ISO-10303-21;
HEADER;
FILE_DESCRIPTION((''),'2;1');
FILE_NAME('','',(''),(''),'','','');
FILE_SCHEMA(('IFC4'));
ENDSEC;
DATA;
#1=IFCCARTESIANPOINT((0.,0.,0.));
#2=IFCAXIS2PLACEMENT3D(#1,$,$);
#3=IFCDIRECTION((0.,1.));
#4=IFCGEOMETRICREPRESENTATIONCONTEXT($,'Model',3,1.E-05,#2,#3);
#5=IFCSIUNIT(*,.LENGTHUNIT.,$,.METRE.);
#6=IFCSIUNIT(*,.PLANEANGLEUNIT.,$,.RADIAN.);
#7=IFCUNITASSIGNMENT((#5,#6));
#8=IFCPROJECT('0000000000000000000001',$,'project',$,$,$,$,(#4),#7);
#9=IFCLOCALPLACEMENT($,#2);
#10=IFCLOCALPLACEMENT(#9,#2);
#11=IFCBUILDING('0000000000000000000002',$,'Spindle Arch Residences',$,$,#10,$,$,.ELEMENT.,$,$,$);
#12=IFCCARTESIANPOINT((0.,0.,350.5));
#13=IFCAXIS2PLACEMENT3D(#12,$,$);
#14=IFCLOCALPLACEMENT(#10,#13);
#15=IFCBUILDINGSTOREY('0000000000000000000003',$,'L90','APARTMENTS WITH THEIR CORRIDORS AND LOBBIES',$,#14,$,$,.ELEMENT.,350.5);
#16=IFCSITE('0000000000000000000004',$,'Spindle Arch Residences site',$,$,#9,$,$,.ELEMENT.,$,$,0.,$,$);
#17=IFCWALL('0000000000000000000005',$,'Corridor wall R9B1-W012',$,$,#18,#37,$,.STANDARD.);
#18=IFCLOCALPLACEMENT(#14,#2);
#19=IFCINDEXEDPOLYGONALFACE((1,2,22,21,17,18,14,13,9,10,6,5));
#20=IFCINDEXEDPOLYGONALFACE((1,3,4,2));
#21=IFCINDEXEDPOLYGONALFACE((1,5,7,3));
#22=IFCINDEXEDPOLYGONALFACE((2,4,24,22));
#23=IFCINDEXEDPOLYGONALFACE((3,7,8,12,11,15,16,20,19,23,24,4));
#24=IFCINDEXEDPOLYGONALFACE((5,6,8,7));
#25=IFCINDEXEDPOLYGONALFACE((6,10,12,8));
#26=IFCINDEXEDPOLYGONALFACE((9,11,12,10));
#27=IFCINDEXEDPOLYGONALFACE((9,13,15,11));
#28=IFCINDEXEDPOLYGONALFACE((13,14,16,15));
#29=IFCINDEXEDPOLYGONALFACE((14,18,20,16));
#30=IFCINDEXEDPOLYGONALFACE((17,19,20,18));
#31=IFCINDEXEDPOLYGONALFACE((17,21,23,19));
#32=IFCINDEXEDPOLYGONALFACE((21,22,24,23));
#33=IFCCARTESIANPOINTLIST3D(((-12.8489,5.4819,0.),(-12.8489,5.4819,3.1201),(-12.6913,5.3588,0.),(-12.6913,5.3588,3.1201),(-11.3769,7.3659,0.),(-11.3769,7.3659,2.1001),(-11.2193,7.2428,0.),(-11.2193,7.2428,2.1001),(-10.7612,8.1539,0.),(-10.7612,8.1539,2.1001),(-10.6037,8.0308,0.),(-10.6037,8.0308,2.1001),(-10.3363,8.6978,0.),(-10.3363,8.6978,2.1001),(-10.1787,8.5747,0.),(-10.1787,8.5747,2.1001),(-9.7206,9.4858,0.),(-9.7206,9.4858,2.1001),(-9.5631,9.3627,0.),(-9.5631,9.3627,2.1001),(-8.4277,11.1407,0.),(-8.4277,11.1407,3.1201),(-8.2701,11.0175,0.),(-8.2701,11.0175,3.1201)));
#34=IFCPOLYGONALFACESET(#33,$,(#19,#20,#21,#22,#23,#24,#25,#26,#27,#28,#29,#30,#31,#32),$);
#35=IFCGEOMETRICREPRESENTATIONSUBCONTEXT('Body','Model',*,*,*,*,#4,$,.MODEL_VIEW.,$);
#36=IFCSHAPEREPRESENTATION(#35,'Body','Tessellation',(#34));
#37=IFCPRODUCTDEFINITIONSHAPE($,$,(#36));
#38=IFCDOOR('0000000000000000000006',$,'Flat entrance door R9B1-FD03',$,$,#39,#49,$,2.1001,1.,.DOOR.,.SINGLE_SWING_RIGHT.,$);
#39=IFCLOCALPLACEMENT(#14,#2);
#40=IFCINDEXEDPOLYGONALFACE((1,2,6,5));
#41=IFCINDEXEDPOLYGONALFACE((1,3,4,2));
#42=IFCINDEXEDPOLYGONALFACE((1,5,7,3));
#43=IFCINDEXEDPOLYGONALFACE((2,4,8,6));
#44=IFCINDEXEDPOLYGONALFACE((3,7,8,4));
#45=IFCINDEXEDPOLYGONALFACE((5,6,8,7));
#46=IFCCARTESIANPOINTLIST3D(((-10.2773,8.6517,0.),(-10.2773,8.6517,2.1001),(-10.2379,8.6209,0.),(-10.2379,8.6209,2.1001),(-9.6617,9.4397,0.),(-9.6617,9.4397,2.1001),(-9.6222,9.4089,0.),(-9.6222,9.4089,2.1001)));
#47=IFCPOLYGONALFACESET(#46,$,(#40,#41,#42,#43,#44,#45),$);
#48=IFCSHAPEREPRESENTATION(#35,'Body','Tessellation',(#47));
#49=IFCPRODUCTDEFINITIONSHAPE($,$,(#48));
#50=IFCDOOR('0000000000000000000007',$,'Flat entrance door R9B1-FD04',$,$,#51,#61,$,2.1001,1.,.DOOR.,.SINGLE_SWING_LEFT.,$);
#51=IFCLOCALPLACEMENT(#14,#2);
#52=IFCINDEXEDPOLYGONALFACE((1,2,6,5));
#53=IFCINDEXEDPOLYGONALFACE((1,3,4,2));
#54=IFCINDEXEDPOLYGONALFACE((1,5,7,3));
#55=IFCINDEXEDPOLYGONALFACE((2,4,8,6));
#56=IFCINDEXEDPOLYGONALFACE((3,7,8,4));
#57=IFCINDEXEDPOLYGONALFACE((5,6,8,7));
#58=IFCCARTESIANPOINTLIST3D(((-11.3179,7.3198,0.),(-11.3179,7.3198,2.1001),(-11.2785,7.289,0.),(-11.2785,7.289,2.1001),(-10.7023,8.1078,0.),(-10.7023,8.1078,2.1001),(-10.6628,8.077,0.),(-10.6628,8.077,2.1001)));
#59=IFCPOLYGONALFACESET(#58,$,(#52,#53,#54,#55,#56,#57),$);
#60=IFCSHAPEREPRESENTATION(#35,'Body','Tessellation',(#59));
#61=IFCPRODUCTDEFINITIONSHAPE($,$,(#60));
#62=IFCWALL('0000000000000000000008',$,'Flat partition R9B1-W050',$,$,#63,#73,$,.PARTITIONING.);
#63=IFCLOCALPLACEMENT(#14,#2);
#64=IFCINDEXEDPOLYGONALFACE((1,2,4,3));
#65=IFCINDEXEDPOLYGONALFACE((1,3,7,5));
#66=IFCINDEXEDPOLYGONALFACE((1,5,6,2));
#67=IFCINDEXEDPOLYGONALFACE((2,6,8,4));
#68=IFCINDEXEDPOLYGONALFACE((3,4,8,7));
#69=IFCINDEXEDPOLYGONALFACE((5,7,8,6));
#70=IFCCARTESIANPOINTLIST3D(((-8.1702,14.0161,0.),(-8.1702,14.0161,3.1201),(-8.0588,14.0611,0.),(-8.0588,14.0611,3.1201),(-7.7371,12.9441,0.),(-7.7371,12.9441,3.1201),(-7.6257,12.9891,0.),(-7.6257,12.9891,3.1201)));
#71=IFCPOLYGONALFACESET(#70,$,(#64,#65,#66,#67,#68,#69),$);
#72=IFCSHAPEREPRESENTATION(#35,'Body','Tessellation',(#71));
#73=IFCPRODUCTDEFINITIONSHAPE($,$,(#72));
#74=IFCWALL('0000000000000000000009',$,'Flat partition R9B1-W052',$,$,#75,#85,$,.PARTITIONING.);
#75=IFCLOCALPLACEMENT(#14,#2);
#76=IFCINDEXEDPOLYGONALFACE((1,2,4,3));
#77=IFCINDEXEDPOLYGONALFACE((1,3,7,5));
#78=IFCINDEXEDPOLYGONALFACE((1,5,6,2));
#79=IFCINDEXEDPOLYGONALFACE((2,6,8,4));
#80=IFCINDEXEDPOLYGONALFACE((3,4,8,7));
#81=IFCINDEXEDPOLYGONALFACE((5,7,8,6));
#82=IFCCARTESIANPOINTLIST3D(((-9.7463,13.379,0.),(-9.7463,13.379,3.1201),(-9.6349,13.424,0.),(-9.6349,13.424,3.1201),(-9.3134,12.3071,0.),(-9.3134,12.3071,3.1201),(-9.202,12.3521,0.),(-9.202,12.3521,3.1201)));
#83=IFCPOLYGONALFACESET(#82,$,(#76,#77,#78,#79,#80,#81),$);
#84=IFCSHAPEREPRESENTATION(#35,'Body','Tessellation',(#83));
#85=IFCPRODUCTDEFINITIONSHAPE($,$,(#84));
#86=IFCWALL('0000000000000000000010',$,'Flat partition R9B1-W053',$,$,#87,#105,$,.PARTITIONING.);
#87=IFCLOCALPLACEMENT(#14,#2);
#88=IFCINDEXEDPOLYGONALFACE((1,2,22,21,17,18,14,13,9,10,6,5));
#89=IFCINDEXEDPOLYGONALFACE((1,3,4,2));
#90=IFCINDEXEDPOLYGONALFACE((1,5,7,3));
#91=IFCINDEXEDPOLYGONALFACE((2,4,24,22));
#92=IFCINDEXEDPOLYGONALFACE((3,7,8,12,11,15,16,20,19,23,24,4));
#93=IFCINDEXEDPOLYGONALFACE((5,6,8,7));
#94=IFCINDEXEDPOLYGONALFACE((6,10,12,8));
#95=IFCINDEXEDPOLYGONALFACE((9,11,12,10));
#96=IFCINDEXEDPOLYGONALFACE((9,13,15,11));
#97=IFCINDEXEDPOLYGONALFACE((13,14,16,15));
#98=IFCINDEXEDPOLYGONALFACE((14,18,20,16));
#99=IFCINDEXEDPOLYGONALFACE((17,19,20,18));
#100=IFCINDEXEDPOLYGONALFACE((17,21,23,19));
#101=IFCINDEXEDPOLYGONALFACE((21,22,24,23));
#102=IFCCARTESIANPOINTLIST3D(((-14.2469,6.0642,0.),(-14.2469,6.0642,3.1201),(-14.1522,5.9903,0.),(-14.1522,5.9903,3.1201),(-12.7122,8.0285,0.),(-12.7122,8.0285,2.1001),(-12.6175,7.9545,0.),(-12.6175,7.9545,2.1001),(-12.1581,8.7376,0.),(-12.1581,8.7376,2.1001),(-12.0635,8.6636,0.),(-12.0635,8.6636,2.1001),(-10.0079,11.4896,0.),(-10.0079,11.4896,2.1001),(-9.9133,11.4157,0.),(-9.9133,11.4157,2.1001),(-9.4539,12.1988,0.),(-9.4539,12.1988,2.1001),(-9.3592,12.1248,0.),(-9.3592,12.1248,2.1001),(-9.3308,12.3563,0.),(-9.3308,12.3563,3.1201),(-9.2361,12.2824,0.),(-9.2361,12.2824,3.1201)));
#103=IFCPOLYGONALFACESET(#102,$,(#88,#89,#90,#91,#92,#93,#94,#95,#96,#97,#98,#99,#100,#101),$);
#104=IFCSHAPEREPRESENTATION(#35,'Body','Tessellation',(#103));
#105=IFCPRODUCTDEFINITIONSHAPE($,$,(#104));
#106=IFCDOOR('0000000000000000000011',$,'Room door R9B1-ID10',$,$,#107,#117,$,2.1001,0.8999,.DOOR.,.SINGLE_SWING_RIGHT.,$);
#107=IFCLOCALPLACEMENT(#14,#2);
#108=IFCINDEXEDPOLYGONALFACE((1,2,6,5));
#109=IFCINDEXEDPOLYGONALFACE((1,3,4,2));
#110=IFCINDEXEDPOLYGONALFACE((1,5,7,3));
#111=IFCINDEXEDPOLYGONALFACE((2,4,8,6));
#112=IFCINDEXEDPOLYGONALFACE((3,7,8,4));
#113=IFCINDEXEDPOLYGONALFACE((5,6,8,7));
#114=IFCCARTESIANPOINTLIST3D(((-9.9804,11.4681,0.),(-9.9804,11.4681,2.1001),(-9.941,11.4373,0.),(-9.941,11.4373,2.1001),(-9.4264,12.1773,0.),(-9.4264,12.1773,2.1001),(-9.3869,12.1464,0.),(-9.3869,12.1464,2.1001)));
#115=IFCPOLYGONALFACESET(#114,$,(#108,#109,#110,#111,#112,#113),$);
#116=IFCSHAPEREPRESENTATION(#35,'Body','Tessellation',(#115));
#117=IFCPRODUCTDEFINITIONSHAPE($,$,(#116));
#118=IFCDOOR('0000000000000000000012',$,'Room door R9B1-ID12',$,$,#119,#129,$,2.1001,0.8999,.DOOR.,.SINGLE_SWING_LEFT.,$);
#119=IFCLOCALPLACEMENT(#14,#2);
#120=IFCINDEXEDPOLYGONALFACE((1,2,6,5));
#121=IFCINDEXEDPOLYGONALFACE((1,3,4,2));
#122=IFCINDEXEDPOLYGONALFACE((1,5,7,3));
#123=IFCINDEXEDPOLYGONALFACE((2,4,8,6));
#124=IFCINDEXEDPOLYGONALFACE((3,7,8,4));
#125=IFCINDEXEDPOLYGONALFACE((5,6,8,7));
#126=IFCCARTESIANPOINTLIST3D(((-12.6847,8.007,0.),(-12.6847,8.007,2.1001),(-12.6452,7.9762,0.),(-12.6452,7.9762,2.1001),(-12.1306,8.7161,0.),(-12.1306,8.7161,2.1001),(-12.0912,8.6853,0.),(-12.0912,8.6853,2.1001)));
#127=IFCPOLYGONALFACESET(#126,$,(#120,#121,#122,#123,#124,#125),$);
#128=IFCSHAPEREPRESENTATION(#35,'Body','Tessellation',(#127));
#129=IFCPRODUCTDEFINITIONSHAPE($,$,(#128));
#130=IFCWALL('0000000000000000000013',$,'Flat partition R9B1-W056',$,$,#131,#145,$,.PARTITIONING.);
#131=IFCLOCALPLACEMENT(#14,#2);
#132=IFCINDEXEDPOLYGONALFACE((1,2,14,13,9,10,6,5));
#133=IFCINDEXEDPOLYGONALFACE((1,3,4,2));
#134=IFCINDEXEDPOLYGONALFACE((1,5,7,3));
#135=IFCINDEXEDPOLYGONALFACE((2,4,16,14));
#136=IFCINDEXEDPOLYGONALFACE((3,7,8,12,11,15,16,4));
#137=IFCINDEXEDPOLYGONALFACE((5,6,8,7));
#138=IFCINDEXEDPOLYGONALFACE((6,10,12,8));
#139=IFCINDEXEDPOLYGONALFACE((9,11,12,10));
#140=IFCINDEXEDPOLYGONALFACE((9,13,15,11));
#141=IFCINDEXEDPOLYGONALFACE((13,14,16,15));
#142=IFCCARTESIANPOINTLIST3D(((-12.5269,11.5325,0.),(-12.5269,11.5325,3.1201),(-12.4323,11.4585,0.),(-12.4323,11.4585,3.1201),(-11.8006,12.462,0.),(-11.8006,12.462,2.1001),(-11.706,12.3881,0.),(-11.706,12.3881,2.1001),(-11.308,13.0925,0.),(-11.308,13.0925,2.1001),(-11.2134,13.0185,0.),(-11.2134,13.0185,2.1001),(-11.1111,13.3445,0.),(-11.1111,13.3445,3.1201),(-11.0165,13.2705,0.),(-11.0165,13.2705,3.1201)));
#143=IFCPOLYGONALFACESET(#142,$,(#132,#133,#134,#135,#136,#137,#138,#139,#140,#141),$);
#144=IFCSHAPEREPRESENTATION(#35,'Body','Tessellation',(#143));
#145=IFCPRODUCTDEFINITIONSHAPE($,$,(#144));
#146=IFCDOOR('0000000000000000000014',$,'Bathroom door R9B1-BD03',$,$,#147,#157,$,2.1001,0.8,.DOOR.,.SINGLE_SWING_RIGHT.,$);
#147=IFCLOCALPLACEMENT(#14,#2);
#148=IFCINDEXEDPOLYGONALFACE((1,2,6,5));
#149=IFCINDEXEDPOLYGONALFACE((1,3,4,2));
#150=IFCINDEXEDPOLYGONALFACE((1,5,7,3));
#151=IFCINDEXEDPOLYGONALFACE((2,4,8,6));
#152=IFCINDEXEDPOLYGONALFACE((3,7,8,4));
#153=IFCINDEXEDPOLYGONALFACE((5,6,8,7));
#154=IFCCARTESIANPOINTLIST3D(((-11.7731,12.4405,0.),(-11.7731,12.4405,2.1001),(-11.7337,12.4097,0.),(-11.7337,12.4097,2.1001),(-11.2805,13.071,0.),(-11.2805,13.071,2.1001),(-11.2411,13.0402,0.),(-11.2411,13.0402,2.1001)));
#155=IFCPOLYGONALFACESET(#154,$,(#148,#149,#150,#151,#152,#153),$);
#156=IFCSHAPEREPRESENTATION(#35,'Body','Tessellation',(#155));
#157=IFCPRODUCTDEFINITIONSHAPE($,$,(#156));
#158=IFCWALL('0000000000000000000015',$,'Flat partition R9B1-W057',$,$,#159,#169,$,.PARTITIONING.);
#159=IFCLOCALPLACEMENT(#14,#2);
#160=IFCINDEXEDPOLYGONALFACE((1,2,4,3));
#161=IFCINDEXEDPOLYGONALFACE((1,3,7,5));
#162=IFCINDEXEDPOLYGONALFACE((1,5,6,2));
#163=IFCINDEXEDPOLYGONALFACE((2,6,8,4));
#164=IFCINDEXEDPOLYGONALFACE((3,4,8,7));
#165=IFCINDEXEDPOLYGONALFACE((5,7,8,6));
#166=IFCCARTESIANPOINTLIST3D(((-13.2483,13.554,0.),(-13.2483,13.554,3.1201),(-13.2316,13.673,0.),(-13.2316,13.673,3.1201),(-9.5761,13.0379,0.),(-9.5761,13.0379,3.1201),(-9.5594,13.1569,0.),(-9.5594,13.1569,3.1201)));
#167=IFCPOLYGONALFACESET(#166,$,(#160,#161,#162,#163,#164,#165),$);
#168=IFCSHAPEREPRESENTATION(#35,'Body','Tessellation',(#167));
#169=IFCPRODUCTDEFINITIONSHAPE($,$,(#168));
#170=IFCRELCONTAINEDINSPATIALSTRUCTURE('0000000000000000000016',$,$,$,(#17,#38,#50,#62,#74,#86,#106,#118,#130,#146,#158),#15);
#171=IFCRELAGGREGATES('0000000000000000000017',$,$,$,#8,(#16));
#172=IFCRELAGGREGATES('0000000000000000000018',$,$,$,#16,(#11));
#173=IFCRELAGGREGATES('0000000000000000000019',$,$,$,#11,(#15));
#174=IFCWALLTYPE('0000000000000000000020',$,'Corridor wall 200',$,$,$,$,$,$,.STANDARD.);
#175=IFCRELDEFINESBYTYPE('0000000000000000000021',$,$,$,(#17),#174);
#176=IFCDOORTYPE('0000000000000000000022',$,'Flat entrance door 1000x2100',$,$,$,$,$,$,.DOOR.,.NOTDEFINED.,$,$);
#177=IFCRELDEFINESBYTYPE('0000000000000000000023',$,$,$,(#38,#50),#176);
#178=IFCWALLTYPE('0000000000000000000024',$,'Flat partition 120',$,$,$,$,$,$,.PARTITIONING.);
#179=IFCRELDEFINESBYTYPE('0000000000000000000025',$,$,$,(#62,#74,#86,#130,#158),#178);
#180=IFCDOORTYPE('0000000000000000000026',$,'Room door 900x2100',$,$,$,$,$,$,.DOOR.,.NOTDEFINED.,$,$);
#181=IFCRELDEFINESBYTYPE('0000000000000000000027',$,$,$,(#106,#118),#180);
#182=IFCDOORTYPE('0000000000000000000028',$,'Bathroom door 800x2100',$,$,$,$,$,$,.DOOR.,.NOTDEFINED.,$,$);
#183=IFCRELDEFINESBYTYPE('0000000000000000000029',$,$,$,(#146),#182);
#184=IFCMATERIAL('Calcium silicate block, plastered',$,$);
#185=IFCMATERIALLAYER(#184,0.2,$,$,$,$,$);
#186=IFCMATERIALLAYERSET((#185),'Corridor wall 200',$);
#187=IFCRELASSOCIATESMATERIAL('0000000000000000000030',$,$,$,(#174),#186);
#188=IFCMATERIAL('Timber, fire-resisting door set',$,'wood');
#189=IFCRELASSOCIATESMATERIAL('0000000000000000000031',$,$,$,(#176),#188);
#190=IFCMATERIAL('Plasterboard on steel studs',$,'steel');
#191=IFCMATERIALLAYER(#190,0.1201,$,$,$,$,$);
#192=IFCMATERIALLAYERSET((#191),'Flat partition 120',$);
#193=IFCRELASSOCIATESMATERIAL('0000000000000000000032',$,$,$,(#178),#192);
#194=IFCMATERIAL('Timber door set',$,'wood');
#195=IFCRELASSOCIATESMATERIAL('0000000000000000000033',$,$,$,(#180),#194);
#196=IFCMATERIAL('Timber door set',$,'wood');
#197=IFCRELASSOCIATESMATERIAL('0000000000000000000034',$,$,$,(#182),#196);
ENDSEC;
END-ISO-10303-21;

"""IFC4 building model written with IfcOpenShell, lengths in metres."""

from ifc_helpers import new_model, si_unit, direction, frame, frame_2d, origin, place, context, subcontext, project, spatial, rectangle, extrude, material, layer, layer_set, type_object, element, fill, save


model = new_model("IFC4")

# Units and contexts
model_context = context("Model", 3, precision=1e-05, world=origin(), true_north=direction((0.0, 1.0)))
body_context = subcontext(model_context, "Body", "Model", "MODEL_VIEW")
ifc_project = project(units=[si_unit("LENGTHUNIT", "METRE"), si_unit("PLANEANGLEUNIT", "RADIAN")], contexts=[model_context])

# Site, building, storey
site_placement = place(None, origin())
site = spatial("IfcSite", under=ifc_project, at=site_placement, Name="Spindle Arch Residences site", CompositionType="ELEMENT", RefElevation=0.0)
building_placement = place(site_placement, origin())
building = spatial("IfcBuilding", under=site, at=building_placement, Name="Spindle Arch Residences", CompositionType="ELEMENT")
storey_placement = place(building_placement, frame((0.0, 0.0, 350.5)))
storey = spatial("IfcBuildingStorey", under=building, at=storey_placement, Name="L90", Description="APARTMENTS WITH THEIR CORRIDORS AND LOBBIES", CompositionType="ELEMENT", Elevation=350.5)

# Wall, openings, doors
ifc_material_1 = material(Name="Calcium silicate block, plastered")
ifc_layer_1 = layer(ifc_material_1, 0.2)
ifc_layer_set_1 = layer_set([ifc_layer_1], Name="Corridor wall 200")
wall_type_1 = type_object("IfcWallType", Name="Corridor wall 200", PredefinedType="STANDARD", material=ifc_layer_set_1)
wall_1_placement = place(storey_placement, frame((-8.3489, 11.0791, 0.0), z_axis=(0.0, 0.0, 1.0), x_axis=(-0.615669, -0.788005, 0.0)))
wall_1 = element("IfcWall", 1, at=wall_1_placement, inside=storey, type_object=wall_type_1, Name="Corridor wall R9B1-W012", PredefinedType="STANDARD", context=body_context, shape_type="SweptSolid", body=[
    extrude(rectangle(XDim=7.1812, YDim=0.2, at=frame_2d((3.5906, 0.0))), origin(), (0.0, 0.0, 1.0), 3.1201),
])
opening_1_placement = place(wall_1_placement, frame((2.1001, 0.0, 0.0)))
opening_1 = element("IfcOpeningElement", 2, at=opening_1_placement, cuts=wall_1, PredefinedType="OPENING", context=body_context, shape_type="SweptSolid", body=[
    extrude(rectangle(XDim=1.0, YDim=2.1001, at=frame_2d((0.5, 1.05))), frame((0.0, 0.1099, 0.0), z_axis=(0.0, -1.0, 0.0), x_axis=(1.0, 0.0, 0.0)), (0.0, 0.0, 1.0), 0.22),
])
opening_2_placement = place(wall_1_placement, frame((3.7903, 0.0, 0.0)))
opening_2 = element("IfcOpeningElement", 3, at=opening_2_placement, cuts=wall_1, PredefinedType="OPENING", context=body_context, shape_type="SweptSolid", body=[
    extrude(rectangle(XDim=1.0, YDim=2.1001, at=frame_2d((0.5, 1.05))), frame((0.0, 0.1099, 0.0), z_axis=(0.0, -1.0, 0.0), x_axis=(1.0, 0.0, 0.0)), (0.0, 0.0, 1.0), 0.22),
])
ifc_material_2 = material(Name="Timber, fire-resisting door set", Category="wood")
door_type_1 = type_object("IfcDoorType", Name="Flat entrance door 1000x2100", OperationType="NOTDEFINED", PredefinedType="DOOR", material=ifc_material_2)
door_1_placement = place(opening_1_placement, origin())
door_1 = element("IfcDoor", 4, at=door_1_placement, inside=storey, type_object=door_type_1, Name="Flat entrance door R9B1-FD03", OperationType="SINGLE_SWING_RIGHT", OverallHeight=2.1001, OverallWidth=1.0, PredefinedType="DOOR", context=body_context, shape_type="SweptSolid", body=[
    extrude(rectangle(XDim=1.0, YDim=2.1001, at=frame_2d((0.5, 1.05))), frame((0.0, 0.0249, 0.0), z_axis=(0.0, -1.0, 0.0), x_axis=(1.0, 0.0, 0.0)), (0.0, 0.0, 1.0), 0.05),
])
fill(opening_1, door_1)
door_2_placement = place(opening_2_placement, origin())
door_2 = element("IfcDoor", 5, at=door_2_placement, inside=storey, type_object=door_type_1, Name="Flat entrance door R9B1-FD04", OperationType="SINGLE_SWING_LEFT", OverallHeight=2.1001, OverallWidth=1.0, PredefinedType="DOOR", context=body_context, shape_type="SweptSolid", body=[
    extrude(rectangle(XDim=1.0, YDim=2.1001, at=frame_2d((0.5, 1.05))), frame((0.0, 0.0249, 0.0), z_axis=(0.0, -1.0, 0.0), x_axis=(1.0, 0.0, 0.0)), (0.0, 0.0, 1.0), 0.05),
])
fill(opening_2, door_2)

# Walls
ifc_material_3 = material(Name="Plasterboard on steel studs", Category="steel")
ifc_layer_2 = layer(ifc_material_3, 0.1201)
ifc_layer_set_2 = layer_set([ifc_layer_2], Name="Flat partition 120")
wall_type_2 = type_object("IfcWallType", Name="Flat partition 120", PredefinedType="PARTITIONING", material=ifc_layer_set_2)
wall_2_placement = place(storey_placement, frame((-7.6814, 12.9666, 0.0), z_axis=(0.0, 0.0, 1.0), x_axis=(-0.374592, 0.92719, 0.0)))
element("IfcWall", 6, at=wall_2_placement, inside=storey, type_object=wall_type_2, Name="Flat partition R9B1-W050", PredefinedType="PARTITIONING", context=body_context, shape_type="SweptSolid", body=[
    extrude(rectangle(XDim=1.1562, YDim=0.1201, at=frame_2d((0.5781, 0.0))), origin(), (0.0, 0.0, 1.0), 3.1201),
])
wall_3_placement = place(storey_placement, frame((-9.6907, 13.4016, 0.0), z_axis=(0.0, 0.0, 1.0), x_axis=(0.374484, -0.927233, 0.0)))
element("IfcWall", 7, at=wall_3_placement, inside=storey, type_object=wall_type_2, Name="Flat partition R9B1-W052", PredefinedType="PARTITIONING", context=body_context, shape_type="SweptSolid", body=[
    extrude(rectangle(XDim=1.156, YDim=0.1201, at=frame_2d((0.5781, 0.0))), origin(), (0.0, 0.0, 1.0), 3.1201),
])

# Wall, openings, doors
wall_4_placement = place(storey_placement, frame((-9.2834, 12.3193, 0.0), z_axis=(0.0, 0.0, 1.0), x_axis=(-0.615675, -0.788, 0.0)))
wall_4 = element("IfcWall", 8, at=wall_4_placement, inside=storey, type_object=wall_type_2, Name="Flat partition R9B1-W053", PredefinedType="PARTITIONING", context=body_context, shape_type="SweptSolid", body=[
    extrude(rectangle(XDim=7.9849, YDim=0.1201, at=frame_2d((3.9924, 0.0))), origin(), (0.0, 0.0, 1.0), 3.1201),
])
opening_3_placement = place(wall_4_placement, frame((0.2, 0.0, 0.0)))
opening_3 = element("IfcOpeningElement", 9, at=opening_3_placement, cuts=wall_4, PredefinedType="OPENING", context=body_context, shape_type="SweptSolid", body=[
    extrude(rectangle(XDim=0.8999, YDim=2.1001, at=frame_2d((0.45, 1.05))), frame((0.0, 0.0701, 0.0), z_axis=(0.0, -1.0, 0.0), x_axis=(1.0, 0.0, 0.0)), (0.0, 0.0, 1.0), 0.1401),
])
opening_4_placement = place(wall_4_placement, frame((4.5923, 0.0, 0.0)))
opening_4 = element("IfcOpeningElement", 10, at=opening_4_placement, cuts=wall_4, PredefinedType="OPENING", context=body_context, shape_type="SweptSolid", body=[
    extrude(rectangle(XDim=0.8999, YDim=2.1001, at=frame_2d((0.45, 1.05))), frame((0.0, 0.0701, 0.0), z_axis=(0.0, -1.0, 0.0), x_axis=(1.0, 0.0, 0.0)), (0.0, 0.0, 1.0), 0.1401),
])
ifc_material_4 = material(Name="Timber door set", Category="wood")
door_type_2 = type_object("IfcDoorType", Name="Room door 900x2100", OperationType="NOTDEFINED", PredefinedType="DOOR", material=ifc_material_4)
door_3_placement = place(opening_3_placement, origin())
door_3 = element("IfcDoor", 11, at=door_3_placement, inside=storey, type_object=door_type_2, Name="Room door R9B1-ID10", OperationType="SINGLE_SWING_RIGHT", OverallHeight=2.1001, OverallWidth=0.8999, PredefinedType="DOOR", context=body_context, shape_type="SweptSolid", body=[
    extrude(rectangle(XDim=0.8999, YDim=2.1001, at=frame_2d((0.45, 1.05))), frame((0.0, 0.0249, 0.0), z_axis=(0.0, -1.0, 0.0), x_axis=(1.0, 0.0, 0.0)), (0.0, 0.0, 1.0), 0.05),
])
fill(opening_3, door_3)
door_4_placement = place(opening_4_placement, origin())
door_4 = element("IfcDoor", 12, at=door_4_placement, inside=storey, type_object=door_type_2, Name="Room door R9B1-ID12", OperationType="SINGLE_SWING_LEFT", OverallHeight=2.1001, OverallWidth=0.8999, PredefinedType="DOOR", context=body_context, shape_type="SweptSolid", body=[
    extrude(rectangle(XDim=0.8999, YDim=2.1001, at=frame_2d((0.45, 1.05))), frame((0.0, 0.0249, 0.0), z_axis=(0.0, -1.0, 0.0), x_axis=(1.0, 0.0, 0.0)), (0.0, 0.0, 1.0), 0.05),
])
fill(opening_4, door_4)

# Wall, opening, door
wall_5_placement = place(storey_placement, frame((-11.0637, 13.3076, 0.0), z_axis=(0.0, 0.0, 1.0), x_axis=(-0.615681, -0.787995, 0.0)))
wall_5 = element("IfcWall", 13, at=wall_5_placement, inside=storey, type_object=wall_type_2, Name="Flat partition R9B1-W056", PredefinedType="PARTITIONING", context=body_context, shape_type="SweptSolid", body=[
    extrude(rectangle(XDim=2.2996, YDim=0.1201, at=frame_2d((1.1499, 0.0))), origin(), (0.0, 0.0, 1.0), 3.1201),
])
opening_5_placement = place(wall_5_placement, frame((0.3201, 0.0, 0.0)))
opening_5 = element("IfcOpeningElement", 14, at=opening_5_placement, cuts=wall_5, PredefinedType="OPENING", context=body_context, shape_type="SweptSolid", body=[
    extrude(rectangle(XDim=0.8, YDim=2.1001, at=frame_2d((0.3999, 1.05))), frame((0.0, 0.0701, 0.0), z_axis=(0.0, -1.0, 0.0), x_axis=(1.0, 0.0, 0.0)), (0.0, 0.0, 1.0), 0.1401),
])
ifc_material_5 = material(Name="Timber door set", Category="wood")
door_type_3 = type_object("IfcDoorType", Name="Bathroom door 800x2100", OperationType="NOTDEFINED", PredefinedType="DOOR", material=ifc_material_5)
door_5_placement = place(opening_5_placement, origin())
door_5 = element("IfcDoor", 15, at=door_5_placement, inside=storey, type_object=door_type_3, Name="Bathroom door R9B1-BD03", OperationType="SINGLE_SWING_RIGHT", OverallHeight=2.1001, OverallWidth=0.8, PredefinedType="DOOR", context=body_context, shape_type="SweptSolid", body=[
    extrude(rectangle(XDim=0.8, YDim=2.1001, at=frame_2d((0.3999, 1.05))), frame((0.0, 0.0249, 0.0), z_axis=(0.0, -1.0, 0.0), x_axis=(1.0, 0.0, 0.0)), (0.0, 0.0, 1.0), 0.05),
])
fill(opening_5, door_5)

# Wall
wall_6_placement = place(storey_placement, frame((-9.5679, 13.0974, 0.0), z_axis=(0.0, 0.0, 1.0), x_axis=(-0.990267, 0.139181, 0.0)))
element("IfcWall", 16, at=wall_6_placement, inside=storey, type_object=wall_type_2, Name="Flat partition R9B1-W057", PredefinedType="PARTITIONING", context=body_context, shape_type="SweptSolid", body=[
    extrude(rectangle(XDim=3.7083, YDim=0.1201, at=frame_2d((1.854, 0.0))), origin(), (0.0, 0.0, 1.0), 3.1201),
])

save(model, "model.ifc")
